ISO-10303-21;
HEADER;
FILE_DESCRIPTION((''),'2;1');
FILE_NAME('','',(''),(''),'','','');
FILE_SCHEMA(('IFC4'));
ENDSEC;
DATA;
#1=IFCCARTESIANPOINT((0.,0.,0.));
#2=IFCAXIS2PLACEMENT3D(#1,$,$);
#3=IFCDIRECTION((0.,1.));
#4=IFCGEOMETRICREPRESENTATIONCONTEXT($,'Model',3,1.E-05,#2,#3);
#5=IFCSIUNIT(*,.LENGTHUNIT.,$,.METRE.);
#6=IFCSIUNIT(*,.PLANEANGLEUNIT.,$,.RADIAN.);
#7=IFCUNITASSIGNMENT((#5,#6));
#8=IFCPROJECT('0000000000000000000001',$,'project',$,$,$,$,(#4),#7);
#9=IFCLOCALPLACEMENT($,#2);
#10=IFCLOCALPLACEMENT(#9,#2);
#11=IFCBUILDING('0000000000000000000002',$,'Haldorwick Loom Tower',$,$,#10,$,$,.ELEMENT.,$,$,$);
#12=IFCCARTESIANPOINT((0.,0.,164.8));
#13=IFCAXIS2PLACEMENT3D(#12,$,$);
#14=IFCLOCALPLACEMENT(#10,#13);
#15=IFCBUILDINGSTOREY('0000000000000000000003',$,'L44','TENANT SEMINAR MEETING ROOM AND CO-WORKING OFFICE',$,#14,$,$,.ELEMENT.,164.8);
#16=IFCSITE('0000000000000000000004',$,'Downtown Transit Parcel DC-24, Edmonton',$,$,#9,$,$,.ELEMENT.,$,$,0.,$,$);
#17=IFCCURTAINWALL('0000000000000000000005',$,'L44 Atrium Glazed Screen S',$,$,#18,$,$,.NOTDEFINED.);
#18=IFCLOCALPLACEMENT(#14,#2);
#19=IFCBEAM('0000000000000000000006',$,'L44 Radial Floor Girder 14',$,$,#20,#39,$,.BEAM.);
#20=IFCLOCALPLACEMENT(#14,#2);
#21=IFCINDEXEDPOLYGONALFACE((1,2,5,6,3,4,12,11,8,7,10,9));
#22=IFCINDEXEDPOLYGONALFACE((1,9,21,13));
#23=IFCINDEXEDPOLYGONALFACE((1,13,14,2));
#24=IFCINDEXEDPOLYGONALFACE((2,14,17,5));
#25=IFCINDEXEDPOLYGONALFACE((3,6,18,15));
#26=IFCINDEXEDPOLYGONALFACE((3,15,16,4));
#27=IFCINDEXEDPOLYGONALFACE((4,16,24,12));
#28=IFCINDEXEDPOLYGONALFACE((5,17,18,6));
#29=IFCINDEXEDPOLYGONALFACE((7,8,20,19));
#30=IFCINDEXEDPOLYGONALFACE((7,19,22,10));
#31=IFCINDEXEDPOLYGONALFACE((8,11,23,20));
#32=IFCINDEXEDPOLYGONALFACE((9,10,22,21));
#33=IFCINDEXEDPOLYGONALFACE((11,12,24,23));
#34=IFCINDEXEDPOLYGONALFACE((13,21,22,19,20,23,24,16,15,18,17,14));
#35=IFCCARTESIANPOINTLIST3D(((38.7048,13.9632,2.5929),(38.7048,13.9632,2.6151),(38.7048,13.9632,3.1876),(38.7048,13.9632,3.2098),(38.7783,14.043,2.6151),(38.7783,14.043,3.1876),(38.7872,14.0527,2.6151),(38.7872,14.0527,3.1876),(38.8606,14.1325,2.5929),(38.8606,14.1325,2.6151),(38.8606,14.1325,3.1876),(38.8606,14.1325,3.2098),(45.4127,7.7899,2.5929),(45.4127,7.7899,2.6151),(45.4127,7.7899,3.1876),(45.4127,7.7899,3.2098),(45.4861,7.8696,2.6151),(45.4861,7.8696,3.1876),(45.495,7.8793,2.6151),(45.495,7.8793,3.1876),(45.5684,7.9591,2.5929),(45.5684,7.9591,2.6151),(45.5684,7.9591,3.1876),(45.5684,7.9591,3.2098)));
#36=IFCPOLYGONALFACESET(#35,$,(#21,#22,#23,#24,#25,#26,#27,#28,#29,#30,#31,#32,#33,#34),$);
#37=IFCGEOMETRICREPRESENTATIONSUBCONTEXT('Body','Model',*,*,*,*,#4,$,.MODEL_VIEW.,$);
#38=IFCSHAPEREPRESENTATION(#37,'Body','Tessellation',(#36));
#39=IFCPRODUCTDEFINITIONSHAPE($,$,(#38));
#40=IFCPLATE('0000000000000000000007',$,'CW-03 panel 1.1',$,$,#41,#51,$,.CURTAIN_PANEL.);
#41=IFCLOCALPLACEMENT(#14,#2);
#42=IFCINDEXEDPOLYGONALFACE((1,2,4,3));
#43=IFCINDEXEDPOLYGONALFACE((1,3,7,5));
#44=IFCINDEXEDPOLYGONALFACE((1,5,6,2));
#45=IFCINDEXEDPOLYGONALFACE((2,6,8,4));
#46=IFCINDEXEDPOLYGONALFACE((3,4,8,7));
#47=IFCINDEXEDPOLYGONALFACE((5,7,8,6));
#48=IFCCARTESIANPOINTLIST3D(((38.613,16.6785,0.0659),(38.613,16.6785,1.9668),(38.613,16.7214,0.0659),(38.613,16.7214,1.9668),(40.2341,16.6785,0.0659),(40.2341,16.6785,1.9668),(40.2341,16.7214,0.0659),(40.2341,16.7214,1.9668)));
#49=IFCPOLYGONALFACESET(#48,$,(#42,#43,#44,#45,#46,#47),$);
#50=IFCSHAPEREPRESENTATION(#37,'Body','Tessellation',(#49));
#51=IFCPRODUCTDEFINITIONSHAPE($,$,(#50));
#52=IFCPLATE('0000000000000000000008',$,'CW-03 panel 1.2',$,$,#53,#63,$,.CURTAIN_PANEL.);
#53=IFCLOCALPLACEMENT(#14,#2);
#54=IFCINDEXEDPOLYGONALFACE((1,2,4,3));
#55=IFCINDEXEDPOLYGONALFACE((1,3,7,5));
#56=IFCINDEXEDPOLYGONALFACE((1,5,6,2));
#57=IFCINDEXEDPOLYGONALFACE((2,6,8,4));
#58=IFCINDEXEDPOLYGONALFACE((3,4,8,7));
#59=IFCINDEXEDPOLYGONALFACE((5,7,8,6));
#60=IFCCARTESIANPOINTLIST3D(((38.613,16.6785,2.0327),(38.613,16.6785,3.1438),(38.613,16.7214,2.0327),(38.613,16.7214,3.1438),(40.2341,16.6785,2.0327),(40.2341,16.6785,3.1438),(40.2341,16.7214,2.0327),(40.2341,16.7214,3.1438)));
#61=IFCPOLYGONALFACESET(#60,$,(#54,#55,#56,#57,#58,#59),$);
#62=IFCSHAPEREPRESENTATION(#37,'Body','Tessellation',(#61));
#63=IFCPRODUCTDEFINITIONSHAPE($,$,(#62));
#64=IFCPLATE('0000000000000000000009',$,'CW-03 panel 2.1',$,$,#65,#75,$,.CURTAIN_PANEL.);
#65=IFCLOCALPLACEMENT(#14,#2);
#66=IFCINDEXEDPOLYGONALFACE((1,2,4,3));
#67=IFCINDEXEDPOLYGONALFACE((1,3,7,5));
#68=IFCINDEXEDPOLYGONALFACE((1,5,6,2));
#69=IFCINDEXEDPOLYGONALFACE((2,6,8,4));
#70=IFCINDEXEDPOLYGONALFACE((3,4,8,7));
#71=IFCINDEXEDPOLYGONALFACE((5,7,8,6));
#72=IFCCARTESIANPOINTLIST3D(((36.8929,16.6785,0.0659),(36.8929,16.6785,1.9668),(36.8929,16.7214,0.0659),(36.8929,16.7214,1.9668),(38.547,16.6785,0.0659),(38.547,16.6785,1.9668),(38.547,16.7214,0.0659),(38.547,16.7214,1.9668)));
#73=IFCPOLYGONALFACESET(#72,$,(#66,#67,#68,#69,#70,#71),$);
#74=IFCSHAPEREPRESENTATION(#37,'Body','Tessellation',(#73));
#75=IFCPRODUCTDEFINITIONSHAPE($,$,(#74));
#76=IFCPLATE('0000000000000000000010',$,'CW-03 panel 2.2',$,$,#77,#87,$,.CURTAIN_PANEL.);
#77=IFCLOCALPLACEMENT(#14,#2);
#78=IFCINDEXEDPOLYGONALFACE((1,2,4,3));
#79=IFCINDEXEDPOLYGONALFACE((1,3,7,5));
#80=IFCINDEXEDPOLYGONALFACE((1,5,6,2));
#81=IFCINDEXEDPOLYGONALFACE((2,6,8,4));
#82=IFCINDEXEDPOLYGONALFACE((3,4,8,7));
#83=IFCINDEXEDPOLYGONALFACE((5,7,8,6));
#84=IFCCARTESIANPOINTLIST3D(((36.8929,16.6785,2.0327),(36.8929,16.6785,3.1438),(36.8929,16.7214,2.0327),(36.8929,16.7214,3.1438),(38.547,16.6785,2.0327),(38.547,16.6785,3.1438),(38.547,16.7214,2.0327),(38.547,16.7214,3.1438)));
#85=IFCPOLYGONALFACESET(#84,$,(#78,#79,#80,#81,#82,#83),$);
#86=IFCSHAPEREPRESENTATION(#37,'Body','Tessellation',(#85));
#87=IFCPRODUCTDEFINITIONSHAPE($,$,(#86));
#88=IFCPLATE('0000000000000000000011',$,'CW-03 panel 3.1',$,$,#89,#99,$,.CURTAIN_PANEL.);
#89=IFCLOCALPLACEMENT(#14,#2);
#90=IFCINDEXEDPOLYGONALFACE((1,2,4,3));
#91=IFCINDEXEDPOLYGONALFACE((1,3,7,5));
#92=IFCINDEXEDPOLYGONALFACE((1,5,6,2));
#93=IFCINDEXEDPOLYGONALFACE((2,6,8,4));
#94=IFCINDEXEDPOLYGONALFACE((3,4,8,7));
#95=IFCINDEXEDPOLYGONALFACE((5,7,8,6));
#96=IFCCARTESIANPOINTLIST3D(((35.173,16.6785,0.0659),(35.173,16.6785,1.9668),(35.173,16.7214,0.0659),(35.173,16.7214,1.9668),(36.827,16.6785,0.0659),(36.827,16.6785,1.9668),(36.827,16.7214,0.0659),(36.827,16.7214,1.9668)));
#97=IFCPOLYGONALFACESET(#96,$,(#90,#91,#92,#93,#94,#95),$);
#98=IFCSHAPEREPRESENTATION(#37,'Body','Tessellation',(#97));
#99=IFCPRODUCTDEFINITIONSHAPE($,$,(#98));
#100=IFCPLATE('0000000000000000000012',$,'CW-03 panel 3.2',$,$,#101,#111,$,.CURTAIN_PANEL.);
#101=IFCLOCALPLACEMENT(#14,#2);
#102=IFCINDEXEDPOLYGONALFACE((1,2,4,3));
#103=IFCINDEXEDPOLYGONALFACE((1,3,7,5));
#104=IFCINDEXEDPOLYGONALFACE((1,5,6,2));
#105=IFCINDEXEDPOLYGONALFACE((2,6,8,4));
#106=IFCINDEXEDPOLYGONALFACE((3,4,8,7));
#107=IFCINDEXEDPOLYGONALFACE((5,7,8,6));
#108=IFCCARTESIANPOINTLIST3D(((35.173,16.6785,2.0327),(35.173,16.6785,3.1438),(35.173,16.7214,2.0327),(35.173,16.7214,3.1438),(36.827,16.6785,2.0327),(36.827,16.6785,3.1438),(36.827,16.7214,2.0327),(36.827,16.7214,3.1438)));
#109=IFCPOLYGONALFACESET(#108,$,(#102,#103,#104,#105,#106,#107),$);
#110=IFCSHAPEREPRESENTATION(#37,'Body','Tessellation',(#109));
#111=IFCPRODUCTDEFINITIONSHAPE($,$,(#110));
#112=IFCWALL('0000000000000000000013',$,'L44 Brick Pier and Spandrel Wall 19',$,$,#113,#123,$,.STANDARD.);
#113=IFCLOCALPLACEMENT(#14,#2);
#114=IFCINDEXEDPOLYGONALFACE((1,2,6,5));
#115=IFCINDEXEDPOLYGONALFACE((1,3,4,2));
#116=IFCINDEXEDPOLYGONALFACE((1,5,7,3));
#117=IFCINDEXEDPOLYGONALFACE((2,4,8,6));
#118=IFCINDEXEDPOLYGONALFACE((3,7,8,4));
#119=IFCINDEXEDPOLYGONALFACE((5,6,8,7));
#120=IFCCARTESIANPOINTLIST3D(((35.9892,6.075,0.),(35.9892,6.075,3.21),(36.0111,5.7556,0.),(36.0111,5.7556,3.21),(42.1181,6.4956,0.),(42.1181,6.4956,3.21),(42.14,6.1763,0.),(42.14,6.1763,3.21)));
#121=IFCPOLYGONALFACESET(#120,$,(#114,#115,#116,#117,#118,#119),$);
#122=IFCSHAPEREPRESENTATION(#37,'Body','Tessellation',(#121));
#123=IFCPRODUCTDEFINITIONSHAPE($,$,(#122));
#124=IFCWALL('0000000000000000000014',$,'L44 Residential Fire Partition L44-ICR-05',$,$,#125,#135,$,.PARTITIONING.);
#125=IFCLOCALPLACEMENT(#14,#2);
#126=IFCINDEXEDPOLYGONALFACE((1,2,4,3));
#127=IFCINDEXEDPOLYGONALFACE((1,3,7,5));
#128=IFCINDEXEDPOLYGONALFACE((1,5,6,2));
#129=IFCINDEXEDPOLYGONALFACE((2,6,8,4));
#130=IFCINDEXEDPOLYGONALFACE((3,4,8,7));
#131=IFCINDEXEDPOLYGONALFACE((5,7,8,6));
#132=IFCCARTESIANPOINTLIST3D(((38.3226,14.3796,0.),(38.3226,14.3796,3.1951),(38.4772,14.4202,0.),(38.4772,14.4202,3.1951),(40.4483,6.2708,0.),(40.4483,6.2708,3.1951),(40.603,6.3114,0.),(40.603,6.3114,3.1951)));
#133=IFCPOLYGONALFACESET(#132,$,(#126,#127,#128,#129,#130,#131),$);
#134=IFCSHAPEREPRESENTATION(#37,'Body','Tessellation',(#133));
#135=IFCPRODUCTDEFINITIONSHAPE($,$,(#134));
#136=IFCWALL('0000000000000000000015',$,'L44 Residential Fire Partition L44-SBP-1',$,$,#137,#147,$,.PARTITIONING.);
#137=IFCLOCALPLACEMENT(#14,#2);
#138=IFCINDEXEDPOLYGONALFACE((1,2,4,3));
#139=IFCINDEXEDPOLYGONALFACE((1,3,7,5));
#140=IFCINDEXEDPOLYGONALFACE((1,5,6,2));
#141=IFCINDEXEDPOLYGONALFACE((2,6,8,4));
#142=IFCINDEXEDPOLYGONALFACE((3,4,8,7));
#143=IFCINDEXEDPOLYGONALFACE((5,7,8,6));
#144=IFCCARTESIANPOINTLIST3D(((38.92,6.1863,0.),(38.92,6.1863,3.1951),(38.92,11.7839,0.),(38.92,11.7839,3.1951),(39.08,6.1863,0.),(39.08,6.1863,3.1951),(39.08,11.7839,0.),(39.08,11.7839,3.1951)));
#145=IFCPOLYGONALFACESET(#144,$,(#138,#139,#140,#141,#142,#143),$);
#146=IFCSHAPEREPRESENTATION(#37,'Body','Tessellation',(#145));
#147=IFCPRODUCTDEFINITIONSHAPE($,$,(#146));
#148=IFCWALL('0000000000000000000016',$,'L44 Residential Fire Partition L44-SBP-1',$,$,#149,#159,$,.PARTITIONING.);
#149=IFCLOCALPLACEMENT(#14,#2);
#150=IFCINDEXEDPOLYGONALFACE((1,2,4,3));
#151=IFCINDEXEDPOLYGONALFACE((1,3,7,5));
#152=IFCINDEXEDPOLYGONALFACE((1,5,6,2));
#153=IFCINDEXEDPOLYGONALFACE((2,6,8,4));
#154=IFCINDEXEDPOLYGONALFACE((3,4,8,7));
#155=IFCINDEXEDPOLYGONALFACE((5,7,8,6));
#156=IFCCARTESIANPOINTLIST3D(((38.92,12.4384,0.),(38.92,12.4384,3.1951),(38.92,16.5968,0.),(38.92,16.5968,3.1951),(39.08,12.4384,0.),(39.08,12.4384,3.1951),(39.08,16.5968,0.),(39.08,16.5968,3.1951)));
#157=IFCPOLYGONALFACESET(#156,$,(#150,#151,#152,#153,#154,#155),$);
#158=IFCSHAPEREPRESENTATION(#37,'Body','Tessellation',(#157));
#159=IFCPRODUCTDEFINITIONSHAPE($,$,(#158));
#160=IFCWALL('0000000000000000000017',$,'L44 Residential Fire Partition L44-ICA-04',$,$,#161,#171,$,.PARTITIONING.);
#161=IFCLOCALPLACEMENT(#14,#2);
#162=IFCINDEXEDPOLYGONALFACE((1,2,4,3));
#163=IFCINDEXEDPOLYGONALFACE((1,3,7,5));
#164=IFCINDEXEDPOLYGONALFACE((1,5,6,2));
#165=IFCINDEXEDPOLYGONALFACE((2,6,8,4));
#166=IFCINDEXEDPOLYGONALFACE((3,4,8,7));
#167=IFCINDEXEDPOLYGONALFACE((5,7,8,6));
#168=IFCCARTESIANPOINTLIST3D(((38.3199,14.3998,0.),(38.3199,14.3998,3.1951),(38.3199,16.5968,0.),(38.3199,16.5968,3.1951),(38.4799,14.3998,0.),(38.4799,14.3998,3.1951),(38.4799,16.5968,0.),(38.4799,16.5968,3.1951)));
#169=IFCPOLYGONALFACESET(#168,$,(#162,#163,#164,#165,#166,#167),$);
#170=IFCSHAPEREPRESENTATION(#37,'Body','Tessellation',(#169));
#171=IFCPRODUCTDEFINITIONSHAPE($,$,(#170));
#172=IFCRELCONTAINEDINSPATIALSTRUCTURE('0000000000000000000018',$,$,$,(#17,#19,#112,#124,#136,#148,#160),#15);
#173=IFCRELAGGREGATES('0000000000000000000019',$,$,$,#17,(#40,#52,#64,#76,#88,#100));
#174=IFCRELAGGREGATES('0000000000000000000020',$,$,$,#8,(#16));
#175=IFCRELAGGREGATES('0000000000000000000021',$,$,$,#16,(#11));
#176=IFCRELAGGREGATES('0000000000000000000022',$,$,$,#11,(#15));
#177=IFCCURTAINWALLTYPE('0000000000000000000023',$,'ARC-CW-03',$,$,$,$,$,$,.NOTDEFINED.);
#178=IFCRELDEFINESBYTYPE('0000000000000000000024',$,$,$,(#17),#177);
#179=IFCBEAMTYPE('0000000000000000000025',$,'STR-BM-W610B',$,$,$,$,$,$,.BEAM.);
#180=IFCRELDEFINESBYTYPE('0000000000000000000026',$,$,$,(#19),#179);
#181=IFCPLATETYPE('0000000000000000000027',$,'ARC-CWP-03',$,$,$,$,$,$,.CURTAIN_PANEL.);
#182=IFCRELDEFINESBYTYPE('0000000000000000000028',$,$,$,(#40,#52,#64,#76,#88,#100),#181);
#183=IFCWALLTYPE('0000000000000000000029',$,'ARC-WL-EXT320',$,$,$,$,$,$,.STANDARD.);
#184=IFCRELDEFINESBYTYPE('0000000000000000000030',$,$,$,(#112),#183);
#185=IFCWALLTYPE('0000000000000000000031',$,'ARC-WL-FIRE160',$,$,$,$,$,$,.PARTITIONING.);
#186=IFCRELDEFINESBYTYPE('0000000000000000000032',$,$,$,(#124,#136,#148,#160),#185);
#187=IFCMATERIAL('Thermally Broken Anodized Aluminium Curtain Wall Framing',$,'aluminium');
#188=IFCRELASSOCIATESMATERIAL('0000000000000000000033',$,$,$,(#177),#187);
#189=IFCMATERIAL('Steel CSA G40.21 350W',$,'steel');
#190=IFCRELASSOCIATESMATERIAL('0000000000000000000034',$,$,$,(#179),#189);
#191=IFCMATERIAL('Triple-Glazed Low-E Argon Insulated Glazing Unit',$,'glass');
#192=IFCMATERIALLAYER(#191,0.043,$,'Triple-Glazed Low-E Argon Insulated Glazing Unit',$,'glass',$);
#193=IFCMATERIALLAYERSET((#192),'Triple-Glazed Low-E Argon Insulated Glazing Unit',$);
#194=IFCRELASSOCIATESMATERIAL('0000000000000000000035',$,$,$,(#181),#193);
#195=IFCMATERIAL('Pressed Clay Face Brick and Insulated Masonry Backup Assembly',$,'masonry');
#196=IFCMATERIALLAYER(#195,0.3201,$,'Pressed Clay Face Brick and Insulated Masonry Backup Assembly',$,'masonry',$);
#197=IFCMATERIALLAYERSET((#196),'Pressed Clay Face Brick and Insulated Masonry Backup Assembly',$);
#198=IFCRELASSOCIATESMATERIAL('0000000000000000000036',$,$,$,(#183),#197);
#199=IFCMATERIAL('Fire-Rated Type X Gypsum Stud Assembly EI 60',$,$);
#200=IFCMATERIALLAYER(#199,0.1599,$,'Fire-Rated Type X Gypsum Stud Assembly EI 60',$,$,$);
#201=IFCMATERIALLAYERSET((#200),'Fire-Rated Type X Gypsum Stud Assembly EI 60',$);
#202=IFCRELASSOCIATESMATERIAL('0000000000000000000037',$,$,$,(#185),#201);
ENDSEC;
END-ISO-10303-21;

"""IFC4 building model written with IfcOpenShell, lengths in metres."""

from ifc_helpers import new_model, si_unit, direction, frame, frame_2d, origin, origin_2d, place, context, subcontext, project, spatial, rectangle, i_section, extrude, material, layer, layer_set, material_profile, profile_set, type_object, element, aggregate, save


model = new_model("IFC4")

# Units and contexts
model_context = context("Model", 3, precision=1e-05, world=origin(), true_north=direction((0.0, 1.0)))
body_context = subcontext(model_context, "Body", "Model", "MODEL_VIEW")
ifc_project = project(units=[si_unit("LENGTHUNIT", "METRE"), si_unit("PLANEANGLEUNIT", "RADIAN")], contexts=[model_context])

# Site, building, storey
site_placement = place(None, origin())
site = spatial("IfcSite", under=ifc_project, at=site_placement, Name="Downtown Transit Parcel DC-24, Edmonton", CompositionType="ELEMENT", RefElevation=0.0)
building_placement = place(site_placement, origin())
building = spatial("IfcBuilding", under=site, at=building_placement, Name="Haldorwick Loom Tower", CompositionType="ELEMENT")
storey_placement = place(building_placement, frame((0.0, 0.0, 164.8)))
storey = spatial("IfcBuildingStorey", under=building, at=storey_placement, Name="L44", Description="TENANT SEMINAR MEETING ROOM AND CO-WORKING OFFICE", CompositionType="ELEMENT", Elevation=164.8)

# Curtain wall
ifc_material_1 = material(Name="Thermally Broken Anodized Aluminium Curtain Wall Framing", Category="aluminium")
curtain_wall_type = type_object("IfcCurtainWallType", Name="ARC-CW-03", PredefinedType="NOTDEFINED", material=ifc_material_1)
curtain_wall_placement = place(storey_placement, origin())
curtain_wall = element("IfcCurtainWall", 1, at=curtain_wall_placement, inside=storey, type_object=curtain_wall_type, Name="L44 Atrium Glazed Screen S", PredefinedType="NOTDEFINED")

# Beam
ifc_material_2 = material(Name="Steel CSA G40.21 350W", Category="steel")
ifc_material_profile_1 = material_profile(ifc_material_2, i_section(OverallWidth=0.23, OverallDepth=0.6169, WebThickness=0.0132, FlangeThickness=0.0222, at=origin_2d()), Name="W610X140", Category="steel")
ifc_profile_set_1 = profile_set([ifc_material_profile_1], Name="Steel CSA G40.21 350W")
beam_type_1 = type_object("IfcBeamType", Name="STR-BM-W610B", PredefinedType="BEAM", material=ifc_profile_set_1)
beam_1_placement = place(storey_placement, frame((38.7827, 14.0479, 2.9014), z_axis=(0.735811, -0.677187, 0.0), x_axis=(0.677187, 0.735811, 0.0)))
element("IfcBeam", 2, at=beam_1_placement, inside=storey, type_object=beam_type_1, Name="L44 Radial Floor Girder 14", PredefinedType="BEAM", context=body_context, shape_type="SweptSolid", body=[
    extrude(i_section(OverallWidth=0.23, OverallDepth=0.6169, WebThickness=0.0132, FlangeThickness=0.0222, at=origin_2d()), origin(), (0.0, 0.0, 1.0), 9.1162),
])

# Plates
ifc_material_3 = material(Name="Triple-Glazed Low-E Argon Insulated Glazing Unit", Category="glass")
ifc_layer_1 = layer(ifc_material_3, 0.043, Name="Triple-Glazed Low-E Argon Insulated Glazing Unit", Category="glass")
ifc_layer_set_1 = layer_set([ifc_layer_1], Name="Triple-Glazed Low-E Argon Insulated Glazing Unit")
plate_type = type_object("IfcPlateType", Name="ARC-CWP-03", PredefinedType="CURTAIN_PANEL", material=ifc_layer_set_1)
plate_1_placement = place(storey_placement, frame((39.4236, 16.7, 0.0659), z_axis=(0.0, 0.0, 1.0), x_axis=(-1.0, 0.0, 0.0)))
plate_1 = element("IfcPlate", 3, at=plate_1_placement, type_object=plate_type, Name="CW-03 panel 1.1", PredefinedType="CURTAIN_PANEL", context=body_context, shape_type="SweptSolid", body=[
    extrude(rectangle(XDim=1.6211, YDim=0.043, at=origin_2d()), origin(), (0.0, 0.0, 1.0), 1.9009),
])
plate_2_placement = place(storey_placement, frame((39.4236, 16.7, 2.0327), z_axis=(0.0, 0.0, 1.0), x_axis=(-1.0, 0.0, 0.0)))
plate_2 = element("IfcPlate", 4, at=plate_2_placement, type_object=plate_type, Name="CW-03 panel 1.2", PredefinedType="CURTAIN_PANEL", context=body_context, shape_type="SweptSolid", body=[
    extrude(rectangle(XDim=1.6211, YDim=0.043, at=origin_2d()), origin(), (0.0, 0.0, 1.0), 1.1111),
])
plate_3_placement = place(storey_placement, frame((37.72, 16.7, 0.0659), z_axis=(0.0, 0.0, 1.0), x_axis=(-1.0, 0.0, 0.0)))
plate_3 = element("IfcPlate", 5, at=plate_3_placement, type_object=plate_type, Name="CW-03 panel 2.1", PredefinedType="CURTAIN_PANEL", context=body_context, shape_type="SweptSolid", body=[
    extrude(rectangle(XDim=1.6541, YDim=0.043, at=origin_2d()), origin(), (0.0, 0.0, 1.0), 1.9009),
])
plate_4_placement = place(storey_placement, frame((37.72, 16.7, 2.0327), z_axis=(0.0, 0.0, 1.0), x_axis=(-1.0, 0.0, 0.0)))
plate_4 = element("IfcPlate", 6, at=plate_4_placement, type_object=plate_type, Name="CW-03 panel 2.2", PredefinedType="CURTAIN_PANEL", context=body_context, shape_type="SweptSolid", body=[
    extrude(rectangle(XDim=1.6541, YDim=0.043, at=origin_2d()), origin(), (0.0, 0.0, 1.0), 1.1111),
])
plate_5_placement = place(storey_placement, frame((36.0, 16.7, 0.0659), z_axis=(0.0, 0.0, 1.0), x_axis=(-1.0, 0.0, 0.0)))
plate_5 = element("IfcPlate", 7, at=plate_5_placement, type_object=plate_type, Name="CW-03 panel 3.1", PredefinedType="CURTAIN_PANEL", context=body_context, shape_type="SweptSolid", body=[
    extrude(rectangle(XDim=1.6541, YDim=0.043, at=origin_2d()), origin(), (0.0, 0.0, 1.0), 1.9009),
])
plate_6_placement = place(storey_placement, frame((36.0, 16.7, 2.0327), z_axis=(0.0, 0.0, 1.0), x_axis=(-1.0, 0.0, 0.0)))
plate_6 = element("IfcPlate", 8, at=plate_6_placement, type_object=plate_type, Name="CW-03 panel 3.2", PredefinedType="CURTAIN_PANEL", context=body_context, shape_type="SweptSolid", body=[
    extrude(rectangle(XDim=1.6541, YDim=0.043, at=origin_2d()), origin(), (0.0, 0.0, 1.0), 1.1111),
])
aggregate(curtain_wall, [plate_1, plate_2, plate_3, plate_4, plate_5, plate_6])

# Walls
ifc_material_4 = material(Name="Pressed Clay Face Brick and Insulated Masonry Backup Assembly", Category="masonry")
ifc_layer_2 = layer(ifc_material_4, 0.3201, Name="Pressed Clay Face Brick and Insulated Masonry Backup Assembly", Category="masonry")
ifc_layer_set_2 = layer_set([ifc_layer_2], Name="Pressed Clay Face Brick and Insulated Masonry Backup Assembly")
wall_type_1 = type_object("IfcWallType", Name="ARC-WL-EXT320", PredefinedType="STANDARD", material=ifc_layer_set_2)
wall_1_placement = place(storey_placement, frame((36.0, 5.9153, 0.0), z_axis=(0.0, 0.0, 1.0), x_axis=(0.997653, 0.068473, 0.0)))
element("IfcWall", 9, at=wall_1_placement, inside=storey, type_object=wall_type_1, Name="L44 Brick Pier and Spandrel Wall 19", PredefinedType="STANDARD", context=body_context, shape_type="SweptSolid", body=[
    extrude(rectangle(XDim=6.1433, YDim=0.3201, at=frame_2d((3.0718, 0.0))), origin(), (0.0, 0.0, 1.0), 3.21),
])
ifc_material_5 = material(Name="Fire-Rated Type X Gypsum Stud Assembly EI 60")
ifc_layer_3 = layer(ifc_material_5, 0.1599, Name="Fire-Rated Type X Gypsum Stud Assembly EI 60")
ifc_layer_set_3 = layer_set([ifc_layer_3], Name="Fire-Rated Type X Gypsum Stud Assembly EI 60")
wall_type_2 = type_object("IfcWallType", Name="ARC-WL-FIRE160", PredefinedType="PARTITIONING", material=ifc_layer_set_3)
wall_2_placement = place(storey_placement, frame((38.3999, 14.3999, 0.0), z_axis=(0.0, 0.0, 1.0), x_axis=(0.25358, -0.967314, 0.0)))
element("IfcWall", 10, at=wall_2_placement, inside=storey, type_object=wall_type_2, Name="L44 Residential Fire Partition L44-ICR-05", PredefinedType="PARTITIONING", context=body_context, shape_type="SweptSolid", body=[
    extrude(rectangle(XDim=8.3828, YDim=0.1599, at=frame_2d((4.1914, 0.0))), origin(), (0.0, 0.0, 1.0), 3.1951),
])
wall_3_placement = place(storey_placement, frame((39.0, 6.1863, 0.0), z_axis=(0.0, 0.0, 1.0), x_axis=(0.0, 1.0, 0.0)))
element("IfcWall", 11, at=wall_3_placement, inside=storey, type_object=wall_type_2, Name="L44 Residential Fire Partition L44-SBP-1", PredefinedType="PARTITIONING", context=body_context, shape_type="SweptSolid", body=[
    extrude(rectangle(XDim=5.5977, YDim=0.1599, at=frame_2d((2.7988, 0.0))), origin(), (0.0, 0.0, 1.0), 3.1951),
])
wall_4_placement = place(storey_placement, frame((39.0, 12.4385, 0.0), z_axis=(0.0, 0.0, 1.0), x_axis=(0.0, 1.0, 0.0)))
element("IfcWall", 12, at=wall_4_placement, inside=storey, type_object=wall_type_2, Name="L44 Residential Fire Partition L44-SBP-1", PredefinedType="PARTITIONING", context=body_context, shape_type="SweptSolid", body=[
    extrude(rectangle(XDim=4.1584, YDim=0.1599, at=frame_2d((2.0791, 0.0))), origin(), (0.0, 0.0, 1.0), 3.1951),
])
wall_5_placement = place(storey_placement, frame((38.3999, 16.5969, 0.0), z_axis=(0.0, 0.0, 1.0), x_axis=(0.0, -1.0, 0.0)))
element("IfcWall", 13, at=wall_5_placement, inside=storey, type_object=wall_type_2, Name="L44 Residential Fire Partition L44-ICA-04", PredefinedType="PARTITIONING", context=body_context, shape_type="SweptSolid", body=[
    extrude(rectangle(XDim=2.197, YDim=0.1599, at=frame_2d((1.0986, 0.0))), origin(), (0.0, 0.0, 1.0), 3.1951),
])

save(model, "model.ifc")
